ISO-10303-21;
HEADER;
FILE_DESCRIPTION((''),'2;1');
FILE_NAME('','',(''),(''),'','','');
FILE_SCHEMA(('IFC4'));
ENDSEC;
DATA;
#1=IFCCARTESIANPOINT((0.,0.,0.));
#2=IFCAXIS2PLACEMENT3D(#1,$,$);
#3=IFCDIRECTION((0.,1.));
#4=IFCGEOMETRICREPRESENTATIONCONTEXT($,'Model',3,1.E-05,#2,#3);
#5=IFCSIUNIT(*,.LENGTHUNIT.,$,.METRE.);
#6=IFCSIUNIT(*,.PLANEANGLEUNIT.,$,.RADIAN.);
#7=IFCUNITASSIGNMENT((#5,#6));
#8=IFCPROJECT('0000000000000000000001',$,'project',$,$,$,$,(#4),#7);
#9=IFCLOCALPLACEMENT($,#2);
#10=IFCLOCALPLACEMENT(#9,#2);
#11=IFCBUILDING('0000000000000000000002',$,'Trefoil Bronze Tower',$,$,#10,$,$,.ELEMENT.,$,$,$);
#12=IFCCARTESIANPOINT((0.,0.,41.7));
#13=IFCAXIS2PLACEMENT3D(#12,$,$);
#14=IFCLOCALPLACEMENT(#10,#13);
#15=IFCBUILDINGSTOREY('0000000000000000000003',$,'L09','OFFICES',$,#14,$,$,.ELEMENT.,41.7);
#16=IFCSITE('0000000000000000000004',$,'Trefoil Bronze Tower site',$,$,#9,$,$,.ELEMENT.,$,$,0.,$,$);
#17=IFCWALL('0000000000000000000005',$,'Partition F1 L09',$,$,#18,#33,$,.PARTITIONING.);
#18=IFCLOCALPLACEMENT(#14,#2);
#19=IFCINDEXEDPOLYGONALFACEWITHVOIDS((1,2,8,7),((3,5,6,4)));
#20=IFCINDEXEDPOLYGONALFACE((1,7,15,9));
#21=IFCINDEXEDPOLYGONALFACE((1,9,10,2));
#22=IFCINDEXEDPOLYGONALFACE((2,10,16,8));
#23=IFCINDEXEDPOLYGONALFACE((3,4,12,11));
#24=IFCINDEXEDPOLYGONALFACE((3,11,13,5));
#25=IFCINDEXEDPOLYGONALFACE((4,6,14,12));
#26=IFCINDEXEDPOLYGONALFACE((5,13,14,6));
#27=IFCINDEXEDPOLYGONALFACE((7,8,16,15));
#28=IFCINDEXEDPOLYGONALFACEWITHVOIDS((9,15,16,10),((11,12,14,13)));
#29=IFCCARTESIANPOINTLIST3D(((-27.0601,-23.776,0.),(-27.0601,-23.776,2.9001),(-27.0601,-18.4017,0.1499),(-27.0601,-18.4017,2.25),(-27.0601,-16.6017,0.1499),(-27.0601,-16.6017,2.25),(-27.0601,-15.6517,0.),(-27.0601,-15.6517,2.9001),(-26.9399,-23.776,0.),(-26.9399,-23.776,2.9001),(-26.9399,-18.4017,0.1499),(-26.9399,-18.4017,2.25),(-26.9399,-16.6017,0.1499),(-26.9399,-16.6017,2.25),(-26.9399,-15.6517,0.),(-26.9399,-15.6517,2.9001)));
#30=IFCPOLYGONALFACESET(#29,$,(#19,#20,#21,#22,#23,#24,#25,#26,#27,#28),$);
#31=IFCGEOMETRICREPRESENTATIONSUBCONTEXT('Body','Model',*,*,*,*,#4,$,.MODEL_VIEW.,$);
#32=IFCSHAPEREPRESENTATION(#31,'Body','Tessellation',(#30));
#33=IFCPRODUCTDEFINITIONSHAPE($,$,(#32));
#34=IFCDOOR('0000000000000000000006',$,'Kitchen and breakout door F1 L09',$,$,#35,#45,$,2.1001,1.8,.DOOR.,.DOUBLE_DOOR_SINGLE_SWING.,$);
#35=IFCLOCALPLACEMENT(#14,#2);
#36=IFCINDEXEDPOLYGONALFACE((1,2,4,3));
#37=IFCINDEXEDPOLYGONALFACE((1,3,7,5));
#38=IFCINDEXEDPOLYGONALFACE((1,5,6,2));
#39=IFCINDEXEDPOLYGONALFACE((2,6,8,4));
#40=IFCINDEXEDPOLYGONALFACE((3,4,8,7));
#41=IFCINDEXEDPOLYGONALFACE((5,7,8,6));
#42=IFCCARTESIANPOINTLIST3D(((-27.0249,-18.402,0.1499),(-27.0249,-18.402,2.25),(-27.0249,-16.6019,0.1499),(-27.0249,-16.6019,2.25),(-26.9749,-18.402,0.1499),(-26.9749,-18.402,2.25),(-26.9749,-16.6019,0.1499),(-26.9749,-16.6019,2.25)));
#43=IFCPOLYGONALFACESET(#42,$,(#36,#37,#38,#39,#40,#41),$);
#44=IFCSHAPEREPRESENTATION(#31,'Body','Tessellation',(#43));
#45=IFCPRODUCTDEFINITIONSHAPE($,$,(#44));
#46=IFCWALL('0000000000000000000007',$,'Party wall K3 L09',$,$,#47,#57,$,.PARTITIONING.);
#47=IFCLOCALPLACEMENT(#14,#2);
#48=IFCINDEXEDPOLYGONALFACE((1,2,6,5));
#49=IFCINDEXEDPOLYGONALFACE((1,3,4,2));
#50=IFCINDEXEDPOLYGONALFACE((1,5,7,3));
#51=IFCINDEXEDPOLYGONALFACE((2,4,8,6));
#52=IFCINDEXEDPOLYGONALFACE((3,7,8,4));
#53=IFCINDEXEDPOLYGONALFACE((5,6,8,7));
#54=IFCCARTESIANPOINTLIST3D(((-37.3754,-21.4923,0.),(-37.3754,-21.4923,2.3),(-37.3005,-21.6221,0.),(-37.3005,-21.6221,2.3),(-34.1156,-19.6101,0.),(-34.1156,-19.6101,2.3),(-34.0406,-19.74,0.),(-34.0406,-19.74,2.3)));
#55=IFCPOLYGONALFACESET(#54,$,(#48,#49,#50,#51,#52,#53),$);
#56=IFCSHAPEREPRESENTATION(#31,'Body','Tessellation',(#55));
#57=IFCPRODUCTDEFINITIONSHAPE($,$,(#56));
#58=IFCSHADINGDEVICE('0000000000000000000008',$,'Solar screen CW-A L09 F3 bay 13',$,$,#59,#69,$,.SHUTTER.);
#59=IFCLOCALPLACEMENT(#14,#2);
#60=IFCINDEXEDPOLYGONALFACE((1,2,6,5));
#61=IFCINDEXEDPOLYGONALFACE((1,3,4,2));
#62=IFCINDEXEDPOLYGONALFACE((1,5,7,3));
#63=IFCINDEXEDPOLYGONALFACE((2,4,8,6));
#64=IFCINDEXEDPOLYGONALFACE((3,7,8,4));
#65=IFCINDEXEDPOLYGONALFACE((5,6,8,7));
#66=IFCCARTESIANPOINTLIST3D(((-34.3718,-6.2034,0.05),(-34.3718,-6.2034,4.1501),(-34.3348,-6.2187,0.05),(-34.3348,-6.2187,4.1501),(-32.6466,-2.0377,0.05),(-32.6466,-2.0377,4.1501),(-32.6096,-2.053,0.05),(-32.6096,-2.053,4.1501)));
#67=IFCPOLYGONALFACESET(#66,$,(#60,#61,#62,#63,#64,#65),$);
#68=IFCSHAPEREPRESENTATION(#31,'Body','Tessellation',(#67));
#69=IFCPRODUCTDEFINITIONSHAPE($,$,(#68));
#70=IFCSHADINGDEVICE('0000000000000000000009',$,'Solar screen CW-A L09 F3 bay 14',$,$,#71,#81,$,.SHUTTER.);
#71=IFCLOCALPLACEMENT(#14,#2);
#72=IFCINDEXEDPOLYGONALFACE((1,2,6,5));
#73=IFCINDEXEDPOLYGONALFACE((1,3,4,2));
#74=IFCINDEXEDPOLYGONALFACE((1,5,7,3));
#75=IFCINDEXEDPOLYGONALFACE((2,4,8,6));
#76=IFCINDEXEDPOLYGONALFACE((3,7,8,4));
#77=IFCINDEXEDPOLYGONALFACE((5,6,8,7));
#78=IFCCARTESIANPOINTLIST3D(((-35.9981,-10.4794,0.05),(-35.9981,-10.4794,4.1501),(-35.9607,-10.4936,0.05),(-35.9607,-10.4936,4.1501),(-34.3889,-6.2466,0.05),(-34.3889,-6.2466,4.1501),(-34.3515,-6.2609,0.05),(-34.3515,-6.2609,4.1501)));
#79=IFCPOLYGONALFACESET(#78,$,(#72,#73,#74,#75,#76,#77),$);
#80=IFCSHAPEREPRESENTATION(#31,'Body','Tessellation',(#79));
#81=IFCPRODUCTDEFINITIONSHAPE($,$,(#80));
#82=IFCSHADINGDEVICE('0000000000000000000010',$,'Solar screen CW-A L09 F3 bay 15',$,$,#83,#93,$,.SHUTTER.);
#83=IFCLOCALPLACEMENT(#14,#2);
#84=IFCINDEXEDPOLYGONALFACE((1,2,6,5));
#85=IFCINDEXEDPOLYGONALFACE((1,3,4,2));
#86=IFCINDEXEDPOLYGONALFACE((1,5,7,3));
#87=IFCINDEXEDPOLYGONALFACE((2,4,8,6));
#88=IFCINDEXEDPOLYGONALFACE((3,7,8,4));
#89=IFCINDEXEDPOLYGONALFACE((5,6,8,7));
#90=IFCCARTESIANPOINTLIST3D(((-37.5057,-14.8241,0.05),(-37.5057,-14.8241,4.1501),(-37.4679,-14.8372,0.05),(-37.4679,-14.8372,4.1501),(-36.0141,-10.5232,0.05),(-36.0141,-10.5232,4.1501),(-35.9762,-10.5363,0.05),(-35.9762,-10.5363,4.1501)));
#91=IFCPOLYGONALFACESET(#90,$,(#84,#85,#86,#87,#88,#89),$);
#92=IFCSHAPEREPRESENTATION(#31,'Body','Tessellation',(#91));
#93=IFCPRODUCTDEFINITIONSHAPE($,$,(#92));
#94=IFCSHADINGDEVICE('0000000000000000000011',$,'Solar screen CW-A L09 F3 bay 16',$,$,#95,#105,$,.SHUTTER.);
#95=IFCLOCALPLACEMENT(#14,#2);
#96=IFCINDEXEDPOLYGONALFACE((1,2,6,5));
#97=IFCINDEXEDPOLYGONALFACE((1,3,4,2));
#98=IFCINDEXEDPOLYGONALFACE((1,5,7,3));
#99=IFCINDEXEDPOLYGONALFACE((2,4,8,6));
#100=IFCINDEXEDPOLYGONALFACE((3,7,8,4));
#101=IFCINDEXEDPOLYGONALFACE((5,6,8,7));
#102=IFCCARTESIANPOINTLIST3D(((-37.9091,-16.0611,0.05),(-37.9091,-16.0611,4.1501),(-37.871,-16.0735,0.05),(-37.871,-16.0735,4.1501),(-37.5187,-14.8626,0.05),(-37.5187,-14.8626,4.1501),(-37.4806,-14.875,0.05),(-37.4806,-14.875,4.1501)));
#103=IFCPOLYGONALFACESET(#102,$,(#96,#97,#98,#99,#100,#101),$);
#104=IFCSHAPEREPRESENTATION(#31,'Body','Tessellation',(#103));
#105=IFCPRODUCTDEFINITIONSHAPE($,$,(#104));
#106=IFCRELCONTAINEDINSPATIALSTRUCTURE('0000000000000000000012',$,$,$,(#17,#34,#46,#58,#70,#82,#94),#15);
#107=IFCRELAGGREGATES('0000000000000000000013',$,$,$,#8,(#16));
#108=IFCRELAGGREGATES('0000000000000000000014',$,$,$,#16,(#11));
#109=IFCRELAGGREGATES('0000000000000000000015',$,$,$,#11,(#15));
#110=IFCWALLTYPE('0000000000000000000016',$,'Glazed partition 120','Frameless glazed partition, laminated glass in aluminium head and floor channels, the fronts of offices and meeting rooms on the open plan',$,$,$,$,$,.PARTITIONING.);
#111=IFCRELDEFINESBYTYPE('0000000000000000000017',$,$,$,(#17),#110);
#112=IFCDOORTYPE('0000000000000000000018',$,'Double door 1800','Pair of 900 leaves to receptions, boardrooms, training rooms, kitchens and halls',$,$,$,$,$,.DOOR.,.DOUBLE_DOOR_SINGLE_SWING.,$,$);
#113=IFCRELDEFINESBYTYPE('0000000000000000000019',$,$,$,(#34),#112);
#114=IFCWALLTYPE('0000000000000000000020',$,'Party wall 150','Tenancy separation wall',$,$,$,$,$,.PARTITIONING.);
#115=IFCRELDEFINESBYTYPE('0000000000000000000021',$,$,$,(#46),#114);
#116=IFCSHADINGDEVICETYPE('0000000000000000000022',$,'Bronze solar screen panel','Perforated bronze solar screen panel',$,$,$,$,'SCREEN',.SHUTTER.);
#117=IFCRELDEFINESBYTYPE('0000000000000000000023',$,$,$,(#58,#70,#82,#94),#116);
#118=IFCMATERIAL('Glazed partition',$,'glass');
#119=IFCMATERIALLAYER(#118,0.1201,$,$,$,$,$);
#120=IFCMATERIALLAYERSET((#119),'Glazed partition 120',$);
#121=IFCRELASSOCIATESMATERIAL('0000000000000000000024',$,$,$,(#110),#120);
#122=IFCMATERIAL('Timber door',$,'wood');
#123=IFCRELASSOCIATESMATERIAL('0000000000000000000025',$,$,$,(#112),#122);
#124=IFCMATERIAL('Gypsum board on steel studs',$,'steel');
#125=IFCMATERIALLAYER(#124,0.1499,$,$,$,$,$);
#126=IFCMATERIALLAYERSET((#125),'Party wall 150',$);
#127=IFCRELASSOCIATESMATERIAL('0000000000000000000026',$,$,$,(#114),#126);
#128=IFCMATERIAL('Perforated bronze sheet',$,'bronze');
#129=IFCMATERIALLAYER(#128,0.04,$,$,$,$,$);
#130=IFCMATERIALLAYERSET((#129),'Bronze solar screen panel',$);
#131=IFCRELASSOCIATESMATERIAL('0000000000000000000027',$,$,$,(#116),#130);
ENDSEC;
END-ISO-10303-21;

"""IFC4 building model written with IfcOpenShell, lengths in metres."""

from ifc_helpers import new_model, si_unit, direction, frame, frame_2d, origin, origin_2d, place, context, subcontext, project, spatial, rectangle, extrude, material, layer, layer_set, type_object, element, fill, save


model = new_model("IFC4")

# Units and contexts
model_context = context("Model", 3, precision=1e-05, world=origin(), true_north=direction((0.0, 1.0)))
body_context = subcontext(model_context, "Body", "Model", "MODEL_VIEW")
ifc_project = project(units=[si_unit("LENGTHUNIT", "METRE"), si_unit("PLANEANGLEUNIT", "RADIAN")], contexts=[model_context])

# Site, building, storey
site_placement = place(None, origin())
site = spatial("IfcSite", under=ifc_project, at=site_placement, Name="Trefoil Bronze Tower site", CompositionType="ELEMENT", RefElevation=0.0)
building_placement = place(site_placement, origin())
building = spatial("IfcBuilding", under=site, at=building_placement, Name="Trefoil Bronze Tower", CompositionType="ELEMENT")
storey_placement = place(building_placement, frame((0.0, 0.0, 41.7)))
storey = spatial("IfcBuildingStorey", under=building, at=storey_placement, Name="L09", Description="OFFICES", CompositionType="ELEMENT", Elevation=41.7)

# Wall, opening, door
ifc_material_1 = material(Name="Glazed partition", Category="glass")
ifc_layer_1 = layer(ifc_material_1, 0.1201)
ifc_layer_set_1 = layer_set([ifc_layer_1], Name="Glazed partition 120")
wall_type_1 = type_object("IfcWallType", Name="Glazed partition 120", Description="Frameless glazed partition, laminated glass in aluminium head and floor channels, the fronts of offices and meeting rooms on the open plan", PredefinedType="PARTITIONING", material=ifc_layer_set_1)
wall_1_placement = place(storey_placement, frame((-27.0, -15.6519, 0.0), z_axis=(0.0, 0.0, 1.0), x_axis=(0.0, -1.0, 0.0)))
wall_1 = element("IfcWall", 1, at=wall_1_placement, inside=storey, type_object=wall_type_1, Name="Partition F1 L09", PredefinedType="PARTITIONING", context=body_context, shape_type="SweptSolid", body=[
    extrude(rectangle(XDim=8.1243, YDim=0.1201, at=frame_2d((4.062, 0.0))), origin(), (0.0, 0.0, 1.0), 2.9001),
])
opening_placement = place(wall_1_placement, frame((0.95, 0.0, 0.1499)))
opening = element("IfcOpeningElement", 2, at=opening_placement, cuts=wall_1, PredefinedType="OPENING", context=body_context, shape_type="SweptSolid", body=[
    extrude(rectangle(XDim=1.8, YDim=2.1001, at=frame_2d((0.8999, 1.05))), frame((0.0, 0.0701, 0.0), z_axis=(0.0, -1.0, 0.0), x_axis=(1.0, 0.0, 0.0)), (0.0, 0.0, 1.0), 0.1401),
])
ifc_material_2 = material(Name="Timber door", Category="wood")
door_type = type_object("IfcDoorType", Name="Double door 1800", Description="Pair of 900 leaves to receptions, boardrooms, training rooms, kitchens and halls", OperationType="DOUBLE_DOOR_SINGLE_SWING", PredefinedType="DOOR", material=ifc_material_2)
door_placement = place(opening_placement, frame((1.8, 0.0, 0.0), z_axis=(0.0, 0.0, 1.0), x_axis=(-1.0, 0.0, 0.0)))
door = element("IfcDoor", 3, at=door_placement, inside=storey, type_object=door_type, Name="Kitchen and breakout door F1 L09", OperationType="DOUBLE_DOOR_SINGLE_SWING", OverallHeight=2.1001, OverallWidth=1.8, PredefinedType="DOOR", context=body_context, shape_type="SweptSolid", body=[
    extrude(rectangle(XDim=1.8, YDim=2.1001, at=frame_2d((0.8999, 1.05))), frame((0.0, 0.0249, 0.0), z_axis=(0.0, -1.0, 0.0), x_axis=(1.0, 0.0, 0.0)), (0.0, 0.0, 1.0), 0.05),
])
fill(opening, door)

# Wall
ifc_material_3 = material(Name="Gypsum board on steel studs", Category="steel")
ifc_layer_2 = layer(ifc_material_3, 0.1499)
ifc_layer_set_2 = layer_set([ifc_layer_2], Name="Party wall 150")
wall_type_2 = type_object("IfcWallType", Name="Party wall 150", Description="Tenancy separation wall", PredefinedType="PARTITIONING", material=ifc_layer_set_2)
wall_2_placement = place(storey_placement, frame((-34.0781, -19.675, 0.0), z_axis=(0.0, 0.0, 1.0), x_axis=(-0.866019, -0.500011, 0.0)))
element("IfcWall", 4, at=wall_2_placement, inside=storey, type_object=wall_type_2, Name="Party wall K3 L09", PredefinedType="PARTITIONING", context=body_context, shape_type="SweptSolid", body=[
    extrude(rectangle(XDim=3.7642, YDim=0.1499, at=frame_2d((1.8821, 0.0))), origin(), (0.0, 0.0, 1.0), 2.3),
])

# Shading devices
ifc_material_4 = material(Name="Perforated bronze sheet", Category="bronze")
ifc_layer_3 = layer(ifc_material_4, 0.04)
ifc_layer_set_3 = layer_set([ifc_layer_3], Name="Bronze solar screen panel")
shading_device_type = type_object("IfcShadingDeviceType", Name="Bronze solar screen panel", Description="Perforated bronze solar screen panel", ElementType="SCREEN", PredefinedType="SHUTTER", material=ifc_layer_set_3)
shading_device_1_placement = place(storey_placement, frame((-33.4907, -4.1282, 0.05), z_axis=(0.0, 0.0, 1.0), x_axis=(-0.38263, -0.923902, 0.0)))
element("IfcShadingDevice", 5, at=shading_device_1_placement, inside=storey, type_object=shading_device_type, Name="Solar screen CW-A L09 F3 bay 13", PredefinedType="SHUTTER", context=body_context, shape_type="SweptSolid", body=[
    extrude(rectangle(XDim=4.5088, YDim=0.04, at=origin_2d()), origin(), (0.0, 0.0, 1.0), 4.1001),
])
shading_device_2_placement = place(storey_placement, frame((-35.1748, -8.3701, 0.05), z_axis=(0.0, 0.0, 1.0), x_axis=(-0.355371, -0.934725, 0.0)))
element("IfcShadingDevice", 6, at=shading_device_2_placement, inside=storey, type_object=shading_device_type, Name="Solar screen CW-A L09 F3 bay 14", PredefinedType="SHUTTER", context=body_context, shape_type="SweptSolid", body=[
    extrude(rectangle(XDim=4.5283, YDim=0.04, at=origin_2d()), origin(), (0.0, 0.0, 1.0), 4.1001),
])
shading_device_3_placement = place(storey_placement, frame((-36.741, -12.6802, 0.05), z_axis=(0.0, 0.0, 1.0), x_axis=(-0.327674, -0.944791, 0.0)))
element("IfcShadingDevice", 7, at=shading_device_3_placement, inside=storey, type_object=shading_device_type, Name="Solar screen CW-A L09 F3 bay 15", PredefinedType="SHUTTER", context=body_context, shape_type="SweptSolid", body=[
    extrude(rectangle(XDim=4.5522, YDim=0.04, at=origin_2d()), origin(), (0.0, 0.0, 1.0), 4.1001),
])
shading_device_4_placement = place(storey_placement, frame((-37.6948, -15.468, 0.05), z_axis=(0.0, 0.0, 1.0), x_axis=(-0.309728, -0.950825, 0.0)))
element("IfcShadingDevice", 8, at=shading_device_4_placement, inside=storey, type_object=shading_device_type, Name="Solar screen CW-A L09 F3 bay 16", PredefinedType="SHUTTER", context=body_context, shape_type="SweptSolid", body=[
    extrude(rectangle(XDim=1.2605, YDim=0.04, at=origin_2d()), origin(), (0.0, 0.0, 1.0), 4.1001),
])

save(model, "model.ifc")
